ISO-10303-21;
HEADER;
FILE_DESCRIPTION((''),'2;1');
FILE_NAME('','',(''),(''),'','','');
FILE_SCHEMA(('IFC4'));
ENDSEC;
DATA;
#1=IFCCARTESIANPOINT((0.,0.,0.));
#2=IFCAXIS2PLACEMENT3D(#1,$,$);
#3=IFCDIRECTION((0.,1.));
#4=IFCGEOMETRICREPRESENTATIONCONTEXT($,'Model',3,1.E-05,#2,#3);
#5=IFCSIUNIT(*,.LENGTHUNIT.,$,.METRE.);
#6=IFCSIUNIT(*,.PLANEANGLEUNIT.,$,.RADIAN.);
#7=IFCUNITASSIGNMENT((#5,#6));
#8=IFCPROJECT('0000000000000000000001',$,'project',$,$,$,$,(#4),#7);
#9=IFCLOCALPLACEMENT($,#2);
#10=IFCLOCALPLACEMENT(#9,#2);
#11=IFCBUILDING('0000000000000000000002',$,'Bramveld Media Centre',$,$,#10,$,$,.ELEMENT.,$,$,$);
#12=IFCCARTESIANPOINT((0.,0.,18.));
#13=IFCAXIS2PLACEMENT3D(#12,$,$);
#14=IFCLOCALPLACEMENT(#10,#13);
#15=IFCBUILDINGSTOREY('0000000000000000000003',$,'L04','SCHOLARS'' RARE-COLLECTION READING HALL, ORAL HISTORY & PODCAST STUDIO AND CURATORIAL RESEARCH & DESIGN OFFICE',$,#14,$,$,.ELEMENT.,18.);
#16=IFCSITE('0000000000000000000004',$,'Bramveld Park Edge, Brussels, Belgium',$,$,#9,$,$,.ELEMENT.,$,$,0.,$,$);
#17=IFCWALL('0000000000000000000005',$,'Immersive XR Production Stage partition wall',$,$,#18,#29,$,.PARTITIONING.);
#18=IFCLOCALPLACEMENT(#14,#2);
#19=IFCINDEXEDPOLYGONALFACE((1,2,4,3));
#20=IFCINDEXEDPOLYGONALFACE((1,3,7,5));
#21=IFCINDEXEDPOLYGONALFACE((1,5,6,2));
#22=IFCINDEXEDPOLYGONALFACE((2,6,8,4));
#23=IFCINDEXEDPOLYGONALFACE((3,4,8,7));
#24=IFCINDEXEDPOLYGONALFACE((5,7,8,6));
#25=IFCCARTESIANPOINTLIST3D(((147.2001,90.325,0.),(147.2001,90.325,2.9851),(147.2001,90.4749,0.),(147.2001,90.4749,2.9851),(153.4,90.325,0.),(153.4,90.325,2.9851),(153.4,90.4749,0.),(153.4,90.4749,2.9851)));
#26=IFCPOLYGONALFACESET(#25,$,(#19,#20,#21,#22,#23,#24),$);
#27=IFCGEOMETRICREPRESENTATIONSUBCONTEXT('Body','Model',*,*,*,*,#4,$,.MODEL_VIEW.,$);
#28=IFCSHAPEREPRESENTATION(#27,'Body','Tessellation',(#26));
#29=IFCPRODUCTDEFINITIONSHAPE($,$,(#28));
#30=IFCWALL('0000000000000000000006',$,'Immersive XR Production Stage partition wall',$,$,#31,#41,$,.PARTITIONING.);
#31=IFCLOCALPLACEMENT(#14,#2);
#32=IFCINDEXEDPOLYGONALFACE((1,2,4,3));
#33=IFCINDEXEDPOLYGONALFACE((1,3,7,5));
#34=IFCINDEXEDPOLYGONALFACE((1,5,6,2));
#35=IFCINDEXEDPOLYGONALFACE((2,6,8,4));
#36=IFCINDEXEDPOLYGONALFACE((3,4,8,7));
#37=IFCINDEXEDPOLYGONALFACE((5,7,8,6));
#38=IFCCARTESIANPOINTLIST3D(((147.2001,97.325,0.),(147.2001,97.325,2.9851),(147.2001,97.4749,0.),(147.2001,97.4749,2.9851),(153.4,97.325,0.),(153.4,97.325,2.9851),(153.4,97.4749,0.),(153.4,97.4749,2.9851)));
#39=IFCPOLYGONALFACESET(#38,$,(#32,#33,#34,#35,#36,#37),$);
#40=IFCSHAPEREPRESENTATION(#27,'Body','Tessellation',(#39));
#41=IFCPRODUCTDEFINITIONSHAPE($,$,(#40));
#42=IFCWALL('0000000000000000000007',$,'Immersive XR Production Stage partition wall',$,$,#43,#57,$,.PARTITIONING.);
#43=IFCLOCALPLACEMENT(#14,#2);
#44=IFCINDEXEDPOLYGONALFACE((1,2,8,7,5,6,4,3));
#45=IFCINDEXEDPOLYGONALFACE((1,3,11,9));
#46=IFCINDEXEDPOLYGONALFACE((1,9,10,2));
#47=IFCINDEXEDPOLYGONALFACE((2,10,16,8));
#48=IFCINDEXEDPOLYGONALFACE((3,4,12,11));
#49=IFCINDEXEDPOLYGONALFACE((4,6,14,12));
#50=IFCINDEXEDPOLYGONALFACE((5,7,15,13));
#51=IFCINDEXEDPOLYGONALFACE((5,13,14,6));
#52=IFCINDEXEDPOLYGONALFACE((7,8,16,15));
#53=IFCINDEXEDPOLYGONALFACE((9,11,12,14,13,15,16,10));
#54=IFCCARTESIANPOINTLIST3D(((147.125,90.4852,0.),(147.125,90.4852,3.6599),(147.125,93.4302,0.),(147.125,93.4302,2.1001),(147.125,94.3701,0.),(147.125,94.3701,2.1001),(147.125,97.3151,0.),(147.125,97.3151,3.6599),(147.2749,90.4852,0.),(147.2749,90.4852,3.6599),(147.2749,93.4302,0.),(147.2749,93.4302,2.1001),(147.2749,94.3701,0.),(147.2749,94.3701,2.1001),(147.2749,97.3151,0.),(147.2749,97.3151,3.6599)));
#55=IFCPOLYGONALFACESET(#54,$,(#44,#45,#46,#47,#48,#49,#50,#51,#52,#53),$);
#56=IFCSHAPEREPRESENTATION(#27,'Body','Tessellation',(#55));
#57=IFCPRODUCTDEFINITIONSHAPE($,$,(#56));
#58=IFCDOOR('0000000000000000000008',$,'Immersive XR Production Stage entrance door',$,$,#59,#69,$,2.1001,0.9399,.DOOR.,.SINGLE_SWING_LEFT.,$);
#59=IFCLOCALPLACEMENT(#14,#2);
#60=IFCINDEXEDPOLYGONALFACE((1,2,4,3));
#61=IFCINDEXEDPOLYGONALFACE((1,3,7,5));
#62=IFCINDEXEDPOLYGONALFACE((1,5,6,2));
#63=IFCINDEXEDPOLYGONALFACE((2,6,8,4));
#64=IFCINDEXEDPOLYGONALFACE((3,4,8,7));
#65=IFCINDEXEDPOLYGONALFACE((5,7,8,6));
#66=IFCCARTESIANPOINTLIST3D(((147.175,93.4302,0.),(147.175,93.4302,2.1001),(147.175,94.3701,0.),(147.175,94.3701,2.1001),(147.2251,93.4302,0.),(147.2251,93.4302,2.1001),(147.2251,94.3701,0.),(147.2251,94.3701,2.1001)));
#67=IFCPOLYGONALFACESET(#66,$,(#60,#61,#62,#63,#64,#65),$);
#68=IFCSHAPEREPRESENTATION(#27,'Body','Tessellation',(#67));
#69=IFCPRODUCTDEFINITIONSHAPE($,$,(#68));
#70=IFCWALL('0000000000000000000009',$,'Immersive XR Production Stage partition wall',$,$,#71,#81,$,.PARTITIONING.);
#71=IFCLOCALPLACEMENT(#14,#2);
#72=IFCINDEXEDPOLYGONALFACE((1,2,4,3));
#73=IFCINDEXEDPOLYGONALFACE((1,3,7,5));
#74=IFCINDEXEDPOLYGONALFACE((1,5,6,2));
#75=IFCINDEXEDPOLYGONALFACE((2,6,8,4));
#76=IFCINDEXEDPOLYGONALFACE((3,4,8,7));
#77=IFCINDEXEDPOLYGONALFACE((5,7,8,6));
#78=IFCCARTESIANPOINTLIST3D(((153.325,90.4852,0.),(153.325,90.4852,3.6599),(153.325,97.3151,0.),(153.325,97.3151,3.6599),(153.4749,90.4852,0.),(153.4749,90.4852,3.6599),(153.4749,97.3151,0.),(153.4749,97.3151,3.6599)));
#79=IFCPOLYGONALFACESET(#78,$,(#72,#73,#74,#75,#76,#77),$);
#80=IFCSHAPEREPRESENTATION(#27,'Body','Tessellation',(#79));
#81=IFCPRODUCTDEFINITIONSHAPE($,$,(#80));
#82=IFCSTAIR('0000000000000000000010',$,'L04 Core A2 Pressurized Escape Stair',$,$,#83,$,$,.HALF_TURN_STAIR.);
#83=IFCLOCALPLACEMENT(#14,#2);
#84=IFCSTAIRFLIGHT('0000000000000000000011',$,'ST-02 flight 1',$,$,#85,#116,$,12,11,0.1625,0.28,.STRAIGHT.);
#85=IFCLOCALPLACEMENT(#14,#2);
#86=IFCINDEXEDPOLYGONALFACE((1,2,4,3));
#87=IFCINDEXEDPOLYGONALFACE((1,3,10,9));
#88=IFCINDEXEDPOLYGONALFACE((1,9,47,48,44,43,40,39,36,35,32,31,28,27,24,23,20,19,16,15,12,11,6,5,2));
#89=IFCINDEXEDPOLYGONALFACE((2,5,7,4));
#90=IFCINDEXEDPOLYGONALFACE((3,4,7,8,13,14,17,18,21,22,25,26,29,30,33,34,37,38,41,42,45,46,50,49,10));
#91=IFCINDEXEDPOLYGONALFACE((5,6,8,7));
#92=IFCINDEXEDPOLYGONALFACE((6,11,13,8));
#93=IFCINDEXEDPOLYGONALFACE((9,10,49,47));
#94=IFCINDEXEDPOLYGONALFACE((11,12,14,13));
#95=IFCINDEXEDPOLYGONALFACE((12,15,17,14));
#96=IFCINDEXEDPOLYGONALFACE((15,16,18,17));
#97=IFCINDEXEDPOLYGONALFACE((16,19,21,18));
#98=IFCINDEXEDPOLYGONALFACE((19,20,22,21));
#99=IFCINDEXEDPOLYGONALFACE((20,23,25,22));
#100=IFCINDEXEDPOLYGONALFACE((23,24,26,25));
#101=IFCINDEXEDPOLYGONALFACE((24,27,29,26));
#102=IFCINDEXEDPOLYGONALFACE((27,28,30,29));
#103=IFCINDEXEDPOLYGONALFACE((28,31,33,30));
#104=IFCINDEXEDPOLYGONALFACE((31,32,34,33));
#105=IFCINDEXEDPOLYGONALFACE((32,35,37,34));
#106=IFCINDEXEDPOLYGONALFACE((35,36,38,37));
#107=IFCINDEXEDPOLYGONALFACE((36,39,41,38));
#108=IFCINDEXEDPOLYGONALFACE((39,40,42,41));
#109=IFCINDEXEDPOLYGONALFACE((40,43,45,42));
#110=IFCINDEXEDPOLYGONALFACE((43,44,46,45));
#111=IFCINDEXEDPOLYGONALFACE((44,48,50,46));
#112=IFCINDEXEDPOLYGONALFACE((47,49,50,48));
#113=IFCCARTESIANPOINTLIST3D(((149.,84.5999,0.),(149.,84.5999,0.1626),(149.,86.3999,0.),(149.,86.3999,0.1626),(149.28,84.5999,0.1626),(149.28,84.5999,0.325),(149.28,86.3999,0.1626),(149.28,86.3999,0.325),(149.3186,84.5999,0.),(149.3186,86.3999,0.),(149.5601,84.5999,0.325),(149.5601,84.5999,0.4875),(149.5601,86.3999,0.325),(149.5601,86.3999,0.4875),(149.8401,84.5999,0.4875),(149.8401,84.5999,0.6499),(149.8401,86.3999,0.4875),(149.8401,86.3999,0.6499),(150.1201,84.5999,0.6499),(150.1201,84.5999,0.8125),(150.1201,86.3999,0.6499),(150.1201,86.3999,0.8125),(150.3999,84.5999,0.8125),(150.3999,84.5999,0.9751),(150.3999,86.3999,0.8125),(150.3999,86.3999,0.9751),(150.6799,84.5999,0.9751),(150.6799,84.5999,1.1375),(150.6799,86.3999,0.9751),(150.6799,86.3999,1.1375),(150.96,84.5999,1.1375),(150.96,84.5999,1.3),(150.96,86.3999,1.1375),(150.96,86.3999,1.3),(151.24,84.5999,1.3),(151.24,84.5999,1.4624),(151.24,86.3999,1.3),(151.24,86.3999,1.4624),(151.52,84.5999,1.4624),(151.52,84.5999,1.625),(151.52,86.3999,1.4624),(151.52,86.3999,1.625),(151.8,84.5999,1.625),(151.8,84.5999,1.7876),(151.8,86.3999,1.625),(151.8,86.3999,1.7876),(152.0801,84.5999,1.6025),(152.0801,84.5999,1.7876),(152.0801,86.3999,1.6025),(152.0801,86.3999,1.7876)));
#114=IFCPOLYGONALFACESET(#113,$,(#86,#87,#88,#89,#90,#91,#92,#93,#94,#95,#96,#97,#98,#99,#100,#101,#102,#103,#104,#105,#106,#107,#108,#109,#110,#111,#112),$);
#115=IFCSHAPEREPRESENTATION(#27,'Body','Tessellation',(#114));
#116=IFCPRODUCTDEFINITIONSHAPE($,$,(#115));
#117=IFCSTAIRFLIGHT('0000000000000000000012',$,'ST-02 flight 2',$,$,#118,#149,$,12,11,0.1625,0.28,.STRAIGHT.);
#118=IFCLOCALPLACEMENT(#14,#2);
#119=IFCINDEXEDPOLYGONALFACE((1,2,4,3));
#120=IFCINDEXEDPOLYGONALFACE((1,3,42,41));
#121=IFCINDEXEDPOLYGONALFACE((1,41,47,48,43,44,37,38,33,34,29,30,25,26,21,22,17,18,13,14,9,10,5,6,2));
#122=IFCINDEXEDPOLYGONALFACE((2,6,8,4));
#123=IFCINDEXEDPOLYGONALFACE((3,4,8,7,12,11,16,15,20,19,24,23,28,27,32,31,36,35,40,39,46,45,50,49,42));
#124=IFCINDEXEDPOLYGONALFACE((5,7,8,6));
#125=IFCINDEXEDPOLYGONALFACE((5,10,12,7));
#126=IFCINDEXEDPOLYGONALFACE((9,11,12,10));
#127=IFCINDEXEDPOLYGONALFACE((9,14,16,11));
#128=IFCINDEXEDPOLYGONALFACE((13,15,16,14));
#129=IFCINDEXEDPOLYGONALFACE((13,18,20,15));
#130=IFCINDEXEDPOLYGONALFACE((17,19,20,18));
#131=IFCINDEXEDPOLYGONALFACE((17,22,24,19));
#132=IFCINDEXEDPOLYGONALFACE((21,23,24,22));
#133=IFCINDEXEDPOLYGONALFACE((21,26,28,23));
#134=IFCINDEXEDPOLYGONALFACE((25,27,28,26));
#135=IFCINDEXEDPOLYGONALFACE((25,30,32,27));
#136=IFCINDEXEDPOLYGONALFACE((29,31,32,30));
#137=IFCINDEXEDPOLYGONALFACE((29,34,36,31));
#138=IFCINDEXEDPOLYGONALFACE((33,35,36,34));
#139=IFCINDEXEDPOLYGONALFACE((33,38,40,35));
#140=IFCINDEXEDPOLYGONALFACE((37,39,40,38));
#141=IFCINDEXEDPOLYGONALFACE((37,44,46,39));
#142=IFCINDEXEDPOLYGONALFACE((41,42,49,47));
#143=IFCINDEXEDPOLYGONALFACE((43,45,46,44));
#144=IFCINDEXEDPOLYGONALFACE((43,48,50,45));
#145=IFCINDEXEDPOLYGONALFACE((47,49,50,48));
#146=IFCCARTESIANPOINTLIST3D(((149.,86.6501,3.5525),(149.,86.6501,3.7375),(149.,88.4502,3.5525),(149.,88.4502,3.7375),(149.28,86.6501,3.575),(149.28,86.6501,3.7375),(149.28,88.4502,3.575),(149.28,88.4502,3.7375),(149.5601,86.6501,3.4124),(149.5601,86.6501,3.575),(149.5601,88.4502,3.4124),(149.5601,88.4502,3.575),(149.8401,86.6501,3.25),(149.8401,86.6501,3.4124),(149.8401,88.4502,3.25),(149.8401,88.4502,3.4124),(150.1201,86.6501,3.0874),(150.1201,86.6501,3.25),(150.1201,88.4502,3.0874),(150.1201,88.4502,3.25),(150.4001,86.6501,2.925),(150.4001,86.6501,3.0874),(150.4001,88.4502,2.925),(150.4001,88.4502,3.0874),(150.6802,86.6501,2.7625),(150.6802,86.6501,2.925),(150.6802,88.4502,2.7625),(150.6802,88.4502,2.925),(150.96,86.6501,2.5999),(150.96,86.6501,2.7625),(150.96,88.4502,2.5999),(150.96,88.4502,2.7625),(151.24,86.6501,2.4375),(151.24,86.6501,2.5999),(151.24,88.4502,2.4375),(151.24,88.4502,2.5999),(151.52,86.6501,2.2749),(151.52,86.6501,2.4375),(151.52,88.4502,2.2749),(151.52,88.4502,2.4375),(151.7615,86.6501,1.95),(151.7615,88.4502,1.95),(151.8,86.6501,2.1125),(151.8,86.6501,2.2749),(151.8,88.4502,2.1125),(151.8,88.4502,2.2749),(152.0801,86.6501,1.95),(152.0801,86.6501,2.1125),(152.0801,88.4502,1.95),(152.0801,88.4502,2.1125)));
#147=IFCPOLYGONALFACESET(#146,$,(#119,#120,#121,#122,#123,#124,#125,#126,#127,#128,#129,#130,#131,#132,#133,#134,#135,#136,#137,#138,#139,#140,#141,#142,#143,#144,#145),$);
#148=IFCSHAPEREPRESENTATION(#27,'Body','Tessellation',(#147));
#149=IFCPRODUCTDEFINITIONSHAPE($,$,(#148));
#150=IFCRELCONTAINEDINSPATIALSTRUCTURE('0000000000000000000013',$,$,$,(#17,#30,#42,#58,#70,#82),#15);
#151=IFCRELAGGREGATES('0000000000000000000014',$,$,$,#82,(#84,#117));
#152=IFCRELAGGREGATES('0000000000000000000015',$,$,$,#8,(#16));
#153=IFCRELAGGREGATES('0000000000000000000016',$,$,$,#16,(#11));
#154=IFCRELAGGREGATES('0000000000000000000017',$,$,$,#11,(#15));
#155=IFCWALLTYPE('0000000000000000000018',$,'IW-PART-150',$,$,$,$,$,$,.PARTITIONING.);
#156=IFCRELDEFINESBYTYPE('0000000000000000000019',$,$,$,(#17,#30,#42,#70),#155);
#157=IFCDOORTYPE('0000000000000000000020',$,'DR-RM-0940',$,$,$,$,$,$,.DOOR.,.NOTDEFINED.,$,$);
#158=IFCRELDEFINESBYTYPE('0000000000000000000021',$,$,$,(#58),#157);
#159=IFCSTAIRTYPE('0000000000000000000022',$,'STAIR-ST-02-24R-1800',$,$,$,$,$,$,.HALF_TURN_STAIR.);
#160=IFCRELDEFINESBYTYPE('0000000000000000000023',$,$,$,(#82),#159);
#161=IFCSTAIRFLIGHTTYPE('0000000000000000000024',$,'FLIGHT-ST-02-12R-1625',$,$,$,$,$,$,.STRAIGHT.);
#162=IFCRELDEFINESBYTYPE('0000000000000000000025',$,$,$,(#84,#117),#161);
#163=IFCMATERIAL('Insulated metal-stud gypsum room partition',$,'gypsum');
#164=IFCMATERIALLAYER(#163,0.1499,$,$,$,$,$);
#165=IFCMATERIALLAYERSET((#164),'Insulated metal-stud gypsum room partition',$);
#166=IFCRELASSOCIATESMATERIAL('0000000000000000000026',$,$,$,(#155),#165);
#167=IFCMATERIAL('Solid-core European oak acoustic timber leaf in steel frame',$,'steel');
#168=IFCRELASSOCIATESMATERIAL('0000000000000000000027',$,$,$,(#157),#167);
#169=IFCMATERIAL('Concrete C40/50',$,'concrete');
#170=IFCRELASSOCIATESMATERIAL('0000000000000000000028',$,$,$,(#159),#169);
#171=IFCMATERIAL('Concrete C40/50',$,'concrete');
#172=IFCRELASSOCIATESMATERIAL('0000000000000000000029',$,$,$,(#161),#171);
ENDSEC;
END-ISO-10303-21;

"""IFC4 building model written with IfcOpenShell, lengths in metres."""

from ifc_helpers import new_model, si_unit, direction, frame, frame_2d, origin, place, context, subcontext, project, spatial, polyline, rectangle, outline, extrude, material, layer, layer_set, type_object, element, fill, aggregate, save


model = new_model("IFC4")

# Units and contexts
model_context = context("Model", 3, precision=1e-05, world=origin(), true_north=direction((0.0, 1.0)))
body_context = subcontext(model_context, "Body", "Model", "MODEL_VIEW")
ifc_project = project(units=[si_unit("LENGTHUNIT", "METRE"), si_unit("PLANEANGLEUNIT", "RADIAN")], contexts=[model_context])

# Site, building, storey
site_placement = place(None, origin())
site = spatial("IfcSite", under=ifc_project, at=site_placement, Name="Bramveld Park Edge, Brussels, Belgium", CompositionType="ELEMENT", RefElevation=0.0)
building_placement = place(site_placement, origin())
building = spatial("IfcBuilding", under=site, at=building_placement, Name="Bramveld Media Centre", CompositionType="ELEMENT")
storey_placement = place(building_placement, frame((0.0, 0.0, 18.0)))
storey = spatial("IfcBuildingStorey", under=building, at=storey_placement, Name="L04", Description="SCHOLARS' RARE-COLLECTION READING HALL, ORAL HISTORY & PODCAST STUDIO AND CURATORIAL RESEARCH & DESIGN OFFICE", CompositionType="ELEMENT", Elevation=18.0)

# Walls
ifc_material_1 = material(Name="Insulated metal-stud gypsum room partition", Category="gypsum")
ifc_layer_1 = layer(ifc_material_1, 0.1499)
ifc_layer_set_1 = layer_set([ifc_layer_1], Name="Insulated metal-stud gypsum room partition")
wall_type_1 = type_object("IfcWallType", Name="IW-PART-150", PredefinedType="PARTITIONING", material=ifc_layer_set_1)
for number, where, z_axis, x_axis, name in (
    (1, (147.2, 90.3999, 0.0), (0.0, 0.0, 1.0), (1.0, 0.0, 0.0), "Immersive XR Production Stage partition wall"),
    (2, (147.2, 97.3999, 0.0), (0.0, 0.0, 1.0), (1.0, 0.0, 0.0), "Immersive XR Production Stage partition wall"),
):
    element("IfcWall", number, at=place(storey_placement, frame(where, z_axis=z_axis, x_axis=x_axis)), inside=storey, type_object=wall_type_1, Name=name, PredefinedType="PARTITIONING", context=body_context, shape_type="SweptSolid", body=[
        extrude(rectangle(XDim=6.2, YDim=0.1499, at=frame_2d((3.1001, 0.0))), origin(), (0.0, 0.0, 1.0), 2.9851),
    ])

# Wall, opening, door
wall_1_placement = place(storey_placement, frame((147.2, 90.4851, 0.0), z_axis=(0.0, 0.0, 1.0), x_axis=(0.0, 1.0, 0.0)))
wall_1 = element("IfcWall", 3, at=wall_1_placement, inside=storey, type_object=wall_type_1, Name="Immersive XR Production Stage partition wall", PredefinedType="PARTITIONING", context=body_context, shape_type="SweptSolid", body=[
    extrude(rectangle(XDim=6.8298, YDim=0.1499, at=frame_2d((3.415, 0.0))), origin(), (0.0, 0.0, 1.0), 3.6599),
])
opening_1_placement = place(wall_1_placement, frame((2.9451, 0.0, 0.0)))
opening_1 = element("IfcOpeningElement", 4, at=opening_1_placement, cuts=wall_1, PredefinedType="OPENING", context=body_context, shape_type="SweptSolid", body=[
    extrude(rectangle(XDim=0.9399, YDim=2.1001, at=frame_2d((0.47, 1.05))), frame((0.0, 0.0869, 0.0), z_axis=(0.0, -1.0, 0.0), x_axis=(1.0, 0.0, 0.0)), (0.0, 0.0, 1.0), 0.1738),
])
ifc_material_2 = material(Name="Solid-core European oak acoustic timber leaf in steel frame", Category="steel")
door_type_1 = type_object("IfcDoorType", Name="DR-RM-0940", OperationType="NOTDEFINED", PredefinedType="DOOR", material=ifc_material_2)
door_1_placement = place(opening_1_placement, origin())
door_1 = element("IfcDoor", 5, at=door_1_placement, inside=storey, type_object=door_type_1, Name="Immersive XR Production Stage entrance door", OperationType="SINGLE_SWING_LEFT", OverallHeight=2.1001, OverallWidth=0.9399, PredefinedType="DOOR", context=body_context, shape_type="SweptSolid", body=[
    extrude(rectangle(XDim=0.9399, YDim=2.1001, at=frame_2d((0.47, 1.05))), frame((0.0, 0.0249, 0.0), z_axis=(0.0, -1.0, 0.0), x_axis=(1.0, 0.0, 0.0)), (0.0, 0.0, 1.0), 0.05),
])
fill(opening_1, door_1)

# Wall
wall_2_placement = place(storey_placement, frame((153.3999, 90.4851, 0.0), z_axis=(0.0, 0.0, 1.0), x_axis=(0.0, 1.0, 0.0)))
element("IfcWall", 6, at=wall_2_placement, inside=storey, type_object=wall_type_1, Name="Immersive XR Production Stage partition wall", PredefinedType="PARTITIONING", context=body_context, shape_type="SweptSolid", body=[
    extrude(rectangle(XDim=6.8298, YDim=0.1499, at=frame_2d((3.415, 0.0))), origin(), (0.0, 0.0, 1.0), 3.6599),
])

# Stair, stair flights
ifc_material_3 = material(Name="Concrete C40/50", Category="concrete")
stair_type = type_object("IfcStairType", Name="STAIR-ST-02-24R-1800", PredefinedType="HALF_TURN_STAIR", material=ifc_material_3)
stair_placement = place(storey_placement, origin())
stair = element("IfcStair", 7, at=stair_placement, inside=storey, type_object=stair_type, Name="L04 Core A2 Pressurized Escape Stair", PredefinedType="HALF_TURN_STAIR")
ifc_material_4 = material(Name="Concrete C40/50", Category="concrete")
stair_flight_type = type_object("IfcStairFlightType", Name="FLIGHT-ST-02-12R-1625", PredefinedType="STRAIGHT", material=ifc_material_4)
stair_flight_1_placement = place(storey_placement, frame((149.0, 85.5, 0.0), z_axis=(0.0, 0.0, 1.0), x_axis=(1.0, 0.0, 0.0)))
stair_flight_1 = element("IfcStairFlight", 8, at=stair_flight_1_placement, type_object=stair_flight_type, Name="ST-02 flight 1", NumberOfRisers=12, NumberOfTreads=11, PredefinedType="STRAIGHT", RiserHeight=0.1625, TreadLength=0.28, context=body_context, shape_type="SweptSolid", body=[
    extrude(outline(polyline([(0.0, 0.0), (0.0, 0.1626), (0.28, 0.1626), (0.28, 0.325), (0.5601, 0.325), (0.5601, 0.4875), (0.8401, 0.4875), (0.8401, 0.6499), (1.1201, 0.6499), (1.1201, 0.8125), (1.3999, 0.8125), (1.3999, 0.9751), (1.6799, 0.9751), (1.6799, 1.1375), (1.96, 1.1375), (1.96, 1.3), (2.24, 1.3), (2.24, 1.4624), (2.52, 1.4624), (2.52, 1.625), (2.8, 1.625), (2.8, 1.7876), (3.0801, 1.7876), (3.0801, 1.95), (3.0801, 1.6025), (0.3186, 0.0), (0.0, 0.0)])), frame((0.0, 0.8999, 0.0), z_axis=(0.0, -1.0, 0.0), x_axis=(1.0, 0.0, 0.0)), (0.0, 0.0, 1.0), 1.8),
])
stair_flight_2_placement = place(storey_placement, frame((152.0801, 87.55, 1.95), z_axis=(0.0, 0.0, 1.0), x_axis=(-1.0, 0.0, 0.0)))
stair_flight_2 = element("IfcStairFlight", 9, at=stair_flight_2_placement, type_object=stair_flight_type, Name="ST-02 flight 2", NumberOfRisers=12, NumberOfTreads=11, PredefinedType="STRAIGHT", RiserHeight=0.1625, TreadLength=0.28, context=body_context, shape_type="SweptSolid", body=[
    extrude(outline(polyline([(0.0, 0.0), (0.0, 0.1626), (0.28, 0.1626), (0.28, 0.325), (0.5601, 0.325), (0.5601, 0.4875), (0.8401, 0.4875), (0.8401, 0.6499), (1.1201, 0.6499), (1.1201, 0.8125), (1.3999, 0.8125), (1.3999, 0.9751), (1.6799, 0.9751), (1.6799, 1.1375), (1.96, 1.1375), (1.96, 1.3), (2.24, 1.3), (2.24, 1.4624), (2.52, 1.4624), (2.52, 1.625), (2.8, 1.625), (2.8, 1.7876), (3.0801, 1.7876), (3.0801, 1.95), (3.0801, 1.6025), (0.3186, 0.0), (0.0, 0.0)])), frame((0.0, 0.8999, 0.0), z_axis=(0.0, -1.0, 0.0), x_axis=(1.0, 0.0, 0.0)), (0.0, 0.0, 1.0), 1.8),
])
aggregate(stair, [stair_flight_1, stair_flight_2])

save(model, "model.ifc")
